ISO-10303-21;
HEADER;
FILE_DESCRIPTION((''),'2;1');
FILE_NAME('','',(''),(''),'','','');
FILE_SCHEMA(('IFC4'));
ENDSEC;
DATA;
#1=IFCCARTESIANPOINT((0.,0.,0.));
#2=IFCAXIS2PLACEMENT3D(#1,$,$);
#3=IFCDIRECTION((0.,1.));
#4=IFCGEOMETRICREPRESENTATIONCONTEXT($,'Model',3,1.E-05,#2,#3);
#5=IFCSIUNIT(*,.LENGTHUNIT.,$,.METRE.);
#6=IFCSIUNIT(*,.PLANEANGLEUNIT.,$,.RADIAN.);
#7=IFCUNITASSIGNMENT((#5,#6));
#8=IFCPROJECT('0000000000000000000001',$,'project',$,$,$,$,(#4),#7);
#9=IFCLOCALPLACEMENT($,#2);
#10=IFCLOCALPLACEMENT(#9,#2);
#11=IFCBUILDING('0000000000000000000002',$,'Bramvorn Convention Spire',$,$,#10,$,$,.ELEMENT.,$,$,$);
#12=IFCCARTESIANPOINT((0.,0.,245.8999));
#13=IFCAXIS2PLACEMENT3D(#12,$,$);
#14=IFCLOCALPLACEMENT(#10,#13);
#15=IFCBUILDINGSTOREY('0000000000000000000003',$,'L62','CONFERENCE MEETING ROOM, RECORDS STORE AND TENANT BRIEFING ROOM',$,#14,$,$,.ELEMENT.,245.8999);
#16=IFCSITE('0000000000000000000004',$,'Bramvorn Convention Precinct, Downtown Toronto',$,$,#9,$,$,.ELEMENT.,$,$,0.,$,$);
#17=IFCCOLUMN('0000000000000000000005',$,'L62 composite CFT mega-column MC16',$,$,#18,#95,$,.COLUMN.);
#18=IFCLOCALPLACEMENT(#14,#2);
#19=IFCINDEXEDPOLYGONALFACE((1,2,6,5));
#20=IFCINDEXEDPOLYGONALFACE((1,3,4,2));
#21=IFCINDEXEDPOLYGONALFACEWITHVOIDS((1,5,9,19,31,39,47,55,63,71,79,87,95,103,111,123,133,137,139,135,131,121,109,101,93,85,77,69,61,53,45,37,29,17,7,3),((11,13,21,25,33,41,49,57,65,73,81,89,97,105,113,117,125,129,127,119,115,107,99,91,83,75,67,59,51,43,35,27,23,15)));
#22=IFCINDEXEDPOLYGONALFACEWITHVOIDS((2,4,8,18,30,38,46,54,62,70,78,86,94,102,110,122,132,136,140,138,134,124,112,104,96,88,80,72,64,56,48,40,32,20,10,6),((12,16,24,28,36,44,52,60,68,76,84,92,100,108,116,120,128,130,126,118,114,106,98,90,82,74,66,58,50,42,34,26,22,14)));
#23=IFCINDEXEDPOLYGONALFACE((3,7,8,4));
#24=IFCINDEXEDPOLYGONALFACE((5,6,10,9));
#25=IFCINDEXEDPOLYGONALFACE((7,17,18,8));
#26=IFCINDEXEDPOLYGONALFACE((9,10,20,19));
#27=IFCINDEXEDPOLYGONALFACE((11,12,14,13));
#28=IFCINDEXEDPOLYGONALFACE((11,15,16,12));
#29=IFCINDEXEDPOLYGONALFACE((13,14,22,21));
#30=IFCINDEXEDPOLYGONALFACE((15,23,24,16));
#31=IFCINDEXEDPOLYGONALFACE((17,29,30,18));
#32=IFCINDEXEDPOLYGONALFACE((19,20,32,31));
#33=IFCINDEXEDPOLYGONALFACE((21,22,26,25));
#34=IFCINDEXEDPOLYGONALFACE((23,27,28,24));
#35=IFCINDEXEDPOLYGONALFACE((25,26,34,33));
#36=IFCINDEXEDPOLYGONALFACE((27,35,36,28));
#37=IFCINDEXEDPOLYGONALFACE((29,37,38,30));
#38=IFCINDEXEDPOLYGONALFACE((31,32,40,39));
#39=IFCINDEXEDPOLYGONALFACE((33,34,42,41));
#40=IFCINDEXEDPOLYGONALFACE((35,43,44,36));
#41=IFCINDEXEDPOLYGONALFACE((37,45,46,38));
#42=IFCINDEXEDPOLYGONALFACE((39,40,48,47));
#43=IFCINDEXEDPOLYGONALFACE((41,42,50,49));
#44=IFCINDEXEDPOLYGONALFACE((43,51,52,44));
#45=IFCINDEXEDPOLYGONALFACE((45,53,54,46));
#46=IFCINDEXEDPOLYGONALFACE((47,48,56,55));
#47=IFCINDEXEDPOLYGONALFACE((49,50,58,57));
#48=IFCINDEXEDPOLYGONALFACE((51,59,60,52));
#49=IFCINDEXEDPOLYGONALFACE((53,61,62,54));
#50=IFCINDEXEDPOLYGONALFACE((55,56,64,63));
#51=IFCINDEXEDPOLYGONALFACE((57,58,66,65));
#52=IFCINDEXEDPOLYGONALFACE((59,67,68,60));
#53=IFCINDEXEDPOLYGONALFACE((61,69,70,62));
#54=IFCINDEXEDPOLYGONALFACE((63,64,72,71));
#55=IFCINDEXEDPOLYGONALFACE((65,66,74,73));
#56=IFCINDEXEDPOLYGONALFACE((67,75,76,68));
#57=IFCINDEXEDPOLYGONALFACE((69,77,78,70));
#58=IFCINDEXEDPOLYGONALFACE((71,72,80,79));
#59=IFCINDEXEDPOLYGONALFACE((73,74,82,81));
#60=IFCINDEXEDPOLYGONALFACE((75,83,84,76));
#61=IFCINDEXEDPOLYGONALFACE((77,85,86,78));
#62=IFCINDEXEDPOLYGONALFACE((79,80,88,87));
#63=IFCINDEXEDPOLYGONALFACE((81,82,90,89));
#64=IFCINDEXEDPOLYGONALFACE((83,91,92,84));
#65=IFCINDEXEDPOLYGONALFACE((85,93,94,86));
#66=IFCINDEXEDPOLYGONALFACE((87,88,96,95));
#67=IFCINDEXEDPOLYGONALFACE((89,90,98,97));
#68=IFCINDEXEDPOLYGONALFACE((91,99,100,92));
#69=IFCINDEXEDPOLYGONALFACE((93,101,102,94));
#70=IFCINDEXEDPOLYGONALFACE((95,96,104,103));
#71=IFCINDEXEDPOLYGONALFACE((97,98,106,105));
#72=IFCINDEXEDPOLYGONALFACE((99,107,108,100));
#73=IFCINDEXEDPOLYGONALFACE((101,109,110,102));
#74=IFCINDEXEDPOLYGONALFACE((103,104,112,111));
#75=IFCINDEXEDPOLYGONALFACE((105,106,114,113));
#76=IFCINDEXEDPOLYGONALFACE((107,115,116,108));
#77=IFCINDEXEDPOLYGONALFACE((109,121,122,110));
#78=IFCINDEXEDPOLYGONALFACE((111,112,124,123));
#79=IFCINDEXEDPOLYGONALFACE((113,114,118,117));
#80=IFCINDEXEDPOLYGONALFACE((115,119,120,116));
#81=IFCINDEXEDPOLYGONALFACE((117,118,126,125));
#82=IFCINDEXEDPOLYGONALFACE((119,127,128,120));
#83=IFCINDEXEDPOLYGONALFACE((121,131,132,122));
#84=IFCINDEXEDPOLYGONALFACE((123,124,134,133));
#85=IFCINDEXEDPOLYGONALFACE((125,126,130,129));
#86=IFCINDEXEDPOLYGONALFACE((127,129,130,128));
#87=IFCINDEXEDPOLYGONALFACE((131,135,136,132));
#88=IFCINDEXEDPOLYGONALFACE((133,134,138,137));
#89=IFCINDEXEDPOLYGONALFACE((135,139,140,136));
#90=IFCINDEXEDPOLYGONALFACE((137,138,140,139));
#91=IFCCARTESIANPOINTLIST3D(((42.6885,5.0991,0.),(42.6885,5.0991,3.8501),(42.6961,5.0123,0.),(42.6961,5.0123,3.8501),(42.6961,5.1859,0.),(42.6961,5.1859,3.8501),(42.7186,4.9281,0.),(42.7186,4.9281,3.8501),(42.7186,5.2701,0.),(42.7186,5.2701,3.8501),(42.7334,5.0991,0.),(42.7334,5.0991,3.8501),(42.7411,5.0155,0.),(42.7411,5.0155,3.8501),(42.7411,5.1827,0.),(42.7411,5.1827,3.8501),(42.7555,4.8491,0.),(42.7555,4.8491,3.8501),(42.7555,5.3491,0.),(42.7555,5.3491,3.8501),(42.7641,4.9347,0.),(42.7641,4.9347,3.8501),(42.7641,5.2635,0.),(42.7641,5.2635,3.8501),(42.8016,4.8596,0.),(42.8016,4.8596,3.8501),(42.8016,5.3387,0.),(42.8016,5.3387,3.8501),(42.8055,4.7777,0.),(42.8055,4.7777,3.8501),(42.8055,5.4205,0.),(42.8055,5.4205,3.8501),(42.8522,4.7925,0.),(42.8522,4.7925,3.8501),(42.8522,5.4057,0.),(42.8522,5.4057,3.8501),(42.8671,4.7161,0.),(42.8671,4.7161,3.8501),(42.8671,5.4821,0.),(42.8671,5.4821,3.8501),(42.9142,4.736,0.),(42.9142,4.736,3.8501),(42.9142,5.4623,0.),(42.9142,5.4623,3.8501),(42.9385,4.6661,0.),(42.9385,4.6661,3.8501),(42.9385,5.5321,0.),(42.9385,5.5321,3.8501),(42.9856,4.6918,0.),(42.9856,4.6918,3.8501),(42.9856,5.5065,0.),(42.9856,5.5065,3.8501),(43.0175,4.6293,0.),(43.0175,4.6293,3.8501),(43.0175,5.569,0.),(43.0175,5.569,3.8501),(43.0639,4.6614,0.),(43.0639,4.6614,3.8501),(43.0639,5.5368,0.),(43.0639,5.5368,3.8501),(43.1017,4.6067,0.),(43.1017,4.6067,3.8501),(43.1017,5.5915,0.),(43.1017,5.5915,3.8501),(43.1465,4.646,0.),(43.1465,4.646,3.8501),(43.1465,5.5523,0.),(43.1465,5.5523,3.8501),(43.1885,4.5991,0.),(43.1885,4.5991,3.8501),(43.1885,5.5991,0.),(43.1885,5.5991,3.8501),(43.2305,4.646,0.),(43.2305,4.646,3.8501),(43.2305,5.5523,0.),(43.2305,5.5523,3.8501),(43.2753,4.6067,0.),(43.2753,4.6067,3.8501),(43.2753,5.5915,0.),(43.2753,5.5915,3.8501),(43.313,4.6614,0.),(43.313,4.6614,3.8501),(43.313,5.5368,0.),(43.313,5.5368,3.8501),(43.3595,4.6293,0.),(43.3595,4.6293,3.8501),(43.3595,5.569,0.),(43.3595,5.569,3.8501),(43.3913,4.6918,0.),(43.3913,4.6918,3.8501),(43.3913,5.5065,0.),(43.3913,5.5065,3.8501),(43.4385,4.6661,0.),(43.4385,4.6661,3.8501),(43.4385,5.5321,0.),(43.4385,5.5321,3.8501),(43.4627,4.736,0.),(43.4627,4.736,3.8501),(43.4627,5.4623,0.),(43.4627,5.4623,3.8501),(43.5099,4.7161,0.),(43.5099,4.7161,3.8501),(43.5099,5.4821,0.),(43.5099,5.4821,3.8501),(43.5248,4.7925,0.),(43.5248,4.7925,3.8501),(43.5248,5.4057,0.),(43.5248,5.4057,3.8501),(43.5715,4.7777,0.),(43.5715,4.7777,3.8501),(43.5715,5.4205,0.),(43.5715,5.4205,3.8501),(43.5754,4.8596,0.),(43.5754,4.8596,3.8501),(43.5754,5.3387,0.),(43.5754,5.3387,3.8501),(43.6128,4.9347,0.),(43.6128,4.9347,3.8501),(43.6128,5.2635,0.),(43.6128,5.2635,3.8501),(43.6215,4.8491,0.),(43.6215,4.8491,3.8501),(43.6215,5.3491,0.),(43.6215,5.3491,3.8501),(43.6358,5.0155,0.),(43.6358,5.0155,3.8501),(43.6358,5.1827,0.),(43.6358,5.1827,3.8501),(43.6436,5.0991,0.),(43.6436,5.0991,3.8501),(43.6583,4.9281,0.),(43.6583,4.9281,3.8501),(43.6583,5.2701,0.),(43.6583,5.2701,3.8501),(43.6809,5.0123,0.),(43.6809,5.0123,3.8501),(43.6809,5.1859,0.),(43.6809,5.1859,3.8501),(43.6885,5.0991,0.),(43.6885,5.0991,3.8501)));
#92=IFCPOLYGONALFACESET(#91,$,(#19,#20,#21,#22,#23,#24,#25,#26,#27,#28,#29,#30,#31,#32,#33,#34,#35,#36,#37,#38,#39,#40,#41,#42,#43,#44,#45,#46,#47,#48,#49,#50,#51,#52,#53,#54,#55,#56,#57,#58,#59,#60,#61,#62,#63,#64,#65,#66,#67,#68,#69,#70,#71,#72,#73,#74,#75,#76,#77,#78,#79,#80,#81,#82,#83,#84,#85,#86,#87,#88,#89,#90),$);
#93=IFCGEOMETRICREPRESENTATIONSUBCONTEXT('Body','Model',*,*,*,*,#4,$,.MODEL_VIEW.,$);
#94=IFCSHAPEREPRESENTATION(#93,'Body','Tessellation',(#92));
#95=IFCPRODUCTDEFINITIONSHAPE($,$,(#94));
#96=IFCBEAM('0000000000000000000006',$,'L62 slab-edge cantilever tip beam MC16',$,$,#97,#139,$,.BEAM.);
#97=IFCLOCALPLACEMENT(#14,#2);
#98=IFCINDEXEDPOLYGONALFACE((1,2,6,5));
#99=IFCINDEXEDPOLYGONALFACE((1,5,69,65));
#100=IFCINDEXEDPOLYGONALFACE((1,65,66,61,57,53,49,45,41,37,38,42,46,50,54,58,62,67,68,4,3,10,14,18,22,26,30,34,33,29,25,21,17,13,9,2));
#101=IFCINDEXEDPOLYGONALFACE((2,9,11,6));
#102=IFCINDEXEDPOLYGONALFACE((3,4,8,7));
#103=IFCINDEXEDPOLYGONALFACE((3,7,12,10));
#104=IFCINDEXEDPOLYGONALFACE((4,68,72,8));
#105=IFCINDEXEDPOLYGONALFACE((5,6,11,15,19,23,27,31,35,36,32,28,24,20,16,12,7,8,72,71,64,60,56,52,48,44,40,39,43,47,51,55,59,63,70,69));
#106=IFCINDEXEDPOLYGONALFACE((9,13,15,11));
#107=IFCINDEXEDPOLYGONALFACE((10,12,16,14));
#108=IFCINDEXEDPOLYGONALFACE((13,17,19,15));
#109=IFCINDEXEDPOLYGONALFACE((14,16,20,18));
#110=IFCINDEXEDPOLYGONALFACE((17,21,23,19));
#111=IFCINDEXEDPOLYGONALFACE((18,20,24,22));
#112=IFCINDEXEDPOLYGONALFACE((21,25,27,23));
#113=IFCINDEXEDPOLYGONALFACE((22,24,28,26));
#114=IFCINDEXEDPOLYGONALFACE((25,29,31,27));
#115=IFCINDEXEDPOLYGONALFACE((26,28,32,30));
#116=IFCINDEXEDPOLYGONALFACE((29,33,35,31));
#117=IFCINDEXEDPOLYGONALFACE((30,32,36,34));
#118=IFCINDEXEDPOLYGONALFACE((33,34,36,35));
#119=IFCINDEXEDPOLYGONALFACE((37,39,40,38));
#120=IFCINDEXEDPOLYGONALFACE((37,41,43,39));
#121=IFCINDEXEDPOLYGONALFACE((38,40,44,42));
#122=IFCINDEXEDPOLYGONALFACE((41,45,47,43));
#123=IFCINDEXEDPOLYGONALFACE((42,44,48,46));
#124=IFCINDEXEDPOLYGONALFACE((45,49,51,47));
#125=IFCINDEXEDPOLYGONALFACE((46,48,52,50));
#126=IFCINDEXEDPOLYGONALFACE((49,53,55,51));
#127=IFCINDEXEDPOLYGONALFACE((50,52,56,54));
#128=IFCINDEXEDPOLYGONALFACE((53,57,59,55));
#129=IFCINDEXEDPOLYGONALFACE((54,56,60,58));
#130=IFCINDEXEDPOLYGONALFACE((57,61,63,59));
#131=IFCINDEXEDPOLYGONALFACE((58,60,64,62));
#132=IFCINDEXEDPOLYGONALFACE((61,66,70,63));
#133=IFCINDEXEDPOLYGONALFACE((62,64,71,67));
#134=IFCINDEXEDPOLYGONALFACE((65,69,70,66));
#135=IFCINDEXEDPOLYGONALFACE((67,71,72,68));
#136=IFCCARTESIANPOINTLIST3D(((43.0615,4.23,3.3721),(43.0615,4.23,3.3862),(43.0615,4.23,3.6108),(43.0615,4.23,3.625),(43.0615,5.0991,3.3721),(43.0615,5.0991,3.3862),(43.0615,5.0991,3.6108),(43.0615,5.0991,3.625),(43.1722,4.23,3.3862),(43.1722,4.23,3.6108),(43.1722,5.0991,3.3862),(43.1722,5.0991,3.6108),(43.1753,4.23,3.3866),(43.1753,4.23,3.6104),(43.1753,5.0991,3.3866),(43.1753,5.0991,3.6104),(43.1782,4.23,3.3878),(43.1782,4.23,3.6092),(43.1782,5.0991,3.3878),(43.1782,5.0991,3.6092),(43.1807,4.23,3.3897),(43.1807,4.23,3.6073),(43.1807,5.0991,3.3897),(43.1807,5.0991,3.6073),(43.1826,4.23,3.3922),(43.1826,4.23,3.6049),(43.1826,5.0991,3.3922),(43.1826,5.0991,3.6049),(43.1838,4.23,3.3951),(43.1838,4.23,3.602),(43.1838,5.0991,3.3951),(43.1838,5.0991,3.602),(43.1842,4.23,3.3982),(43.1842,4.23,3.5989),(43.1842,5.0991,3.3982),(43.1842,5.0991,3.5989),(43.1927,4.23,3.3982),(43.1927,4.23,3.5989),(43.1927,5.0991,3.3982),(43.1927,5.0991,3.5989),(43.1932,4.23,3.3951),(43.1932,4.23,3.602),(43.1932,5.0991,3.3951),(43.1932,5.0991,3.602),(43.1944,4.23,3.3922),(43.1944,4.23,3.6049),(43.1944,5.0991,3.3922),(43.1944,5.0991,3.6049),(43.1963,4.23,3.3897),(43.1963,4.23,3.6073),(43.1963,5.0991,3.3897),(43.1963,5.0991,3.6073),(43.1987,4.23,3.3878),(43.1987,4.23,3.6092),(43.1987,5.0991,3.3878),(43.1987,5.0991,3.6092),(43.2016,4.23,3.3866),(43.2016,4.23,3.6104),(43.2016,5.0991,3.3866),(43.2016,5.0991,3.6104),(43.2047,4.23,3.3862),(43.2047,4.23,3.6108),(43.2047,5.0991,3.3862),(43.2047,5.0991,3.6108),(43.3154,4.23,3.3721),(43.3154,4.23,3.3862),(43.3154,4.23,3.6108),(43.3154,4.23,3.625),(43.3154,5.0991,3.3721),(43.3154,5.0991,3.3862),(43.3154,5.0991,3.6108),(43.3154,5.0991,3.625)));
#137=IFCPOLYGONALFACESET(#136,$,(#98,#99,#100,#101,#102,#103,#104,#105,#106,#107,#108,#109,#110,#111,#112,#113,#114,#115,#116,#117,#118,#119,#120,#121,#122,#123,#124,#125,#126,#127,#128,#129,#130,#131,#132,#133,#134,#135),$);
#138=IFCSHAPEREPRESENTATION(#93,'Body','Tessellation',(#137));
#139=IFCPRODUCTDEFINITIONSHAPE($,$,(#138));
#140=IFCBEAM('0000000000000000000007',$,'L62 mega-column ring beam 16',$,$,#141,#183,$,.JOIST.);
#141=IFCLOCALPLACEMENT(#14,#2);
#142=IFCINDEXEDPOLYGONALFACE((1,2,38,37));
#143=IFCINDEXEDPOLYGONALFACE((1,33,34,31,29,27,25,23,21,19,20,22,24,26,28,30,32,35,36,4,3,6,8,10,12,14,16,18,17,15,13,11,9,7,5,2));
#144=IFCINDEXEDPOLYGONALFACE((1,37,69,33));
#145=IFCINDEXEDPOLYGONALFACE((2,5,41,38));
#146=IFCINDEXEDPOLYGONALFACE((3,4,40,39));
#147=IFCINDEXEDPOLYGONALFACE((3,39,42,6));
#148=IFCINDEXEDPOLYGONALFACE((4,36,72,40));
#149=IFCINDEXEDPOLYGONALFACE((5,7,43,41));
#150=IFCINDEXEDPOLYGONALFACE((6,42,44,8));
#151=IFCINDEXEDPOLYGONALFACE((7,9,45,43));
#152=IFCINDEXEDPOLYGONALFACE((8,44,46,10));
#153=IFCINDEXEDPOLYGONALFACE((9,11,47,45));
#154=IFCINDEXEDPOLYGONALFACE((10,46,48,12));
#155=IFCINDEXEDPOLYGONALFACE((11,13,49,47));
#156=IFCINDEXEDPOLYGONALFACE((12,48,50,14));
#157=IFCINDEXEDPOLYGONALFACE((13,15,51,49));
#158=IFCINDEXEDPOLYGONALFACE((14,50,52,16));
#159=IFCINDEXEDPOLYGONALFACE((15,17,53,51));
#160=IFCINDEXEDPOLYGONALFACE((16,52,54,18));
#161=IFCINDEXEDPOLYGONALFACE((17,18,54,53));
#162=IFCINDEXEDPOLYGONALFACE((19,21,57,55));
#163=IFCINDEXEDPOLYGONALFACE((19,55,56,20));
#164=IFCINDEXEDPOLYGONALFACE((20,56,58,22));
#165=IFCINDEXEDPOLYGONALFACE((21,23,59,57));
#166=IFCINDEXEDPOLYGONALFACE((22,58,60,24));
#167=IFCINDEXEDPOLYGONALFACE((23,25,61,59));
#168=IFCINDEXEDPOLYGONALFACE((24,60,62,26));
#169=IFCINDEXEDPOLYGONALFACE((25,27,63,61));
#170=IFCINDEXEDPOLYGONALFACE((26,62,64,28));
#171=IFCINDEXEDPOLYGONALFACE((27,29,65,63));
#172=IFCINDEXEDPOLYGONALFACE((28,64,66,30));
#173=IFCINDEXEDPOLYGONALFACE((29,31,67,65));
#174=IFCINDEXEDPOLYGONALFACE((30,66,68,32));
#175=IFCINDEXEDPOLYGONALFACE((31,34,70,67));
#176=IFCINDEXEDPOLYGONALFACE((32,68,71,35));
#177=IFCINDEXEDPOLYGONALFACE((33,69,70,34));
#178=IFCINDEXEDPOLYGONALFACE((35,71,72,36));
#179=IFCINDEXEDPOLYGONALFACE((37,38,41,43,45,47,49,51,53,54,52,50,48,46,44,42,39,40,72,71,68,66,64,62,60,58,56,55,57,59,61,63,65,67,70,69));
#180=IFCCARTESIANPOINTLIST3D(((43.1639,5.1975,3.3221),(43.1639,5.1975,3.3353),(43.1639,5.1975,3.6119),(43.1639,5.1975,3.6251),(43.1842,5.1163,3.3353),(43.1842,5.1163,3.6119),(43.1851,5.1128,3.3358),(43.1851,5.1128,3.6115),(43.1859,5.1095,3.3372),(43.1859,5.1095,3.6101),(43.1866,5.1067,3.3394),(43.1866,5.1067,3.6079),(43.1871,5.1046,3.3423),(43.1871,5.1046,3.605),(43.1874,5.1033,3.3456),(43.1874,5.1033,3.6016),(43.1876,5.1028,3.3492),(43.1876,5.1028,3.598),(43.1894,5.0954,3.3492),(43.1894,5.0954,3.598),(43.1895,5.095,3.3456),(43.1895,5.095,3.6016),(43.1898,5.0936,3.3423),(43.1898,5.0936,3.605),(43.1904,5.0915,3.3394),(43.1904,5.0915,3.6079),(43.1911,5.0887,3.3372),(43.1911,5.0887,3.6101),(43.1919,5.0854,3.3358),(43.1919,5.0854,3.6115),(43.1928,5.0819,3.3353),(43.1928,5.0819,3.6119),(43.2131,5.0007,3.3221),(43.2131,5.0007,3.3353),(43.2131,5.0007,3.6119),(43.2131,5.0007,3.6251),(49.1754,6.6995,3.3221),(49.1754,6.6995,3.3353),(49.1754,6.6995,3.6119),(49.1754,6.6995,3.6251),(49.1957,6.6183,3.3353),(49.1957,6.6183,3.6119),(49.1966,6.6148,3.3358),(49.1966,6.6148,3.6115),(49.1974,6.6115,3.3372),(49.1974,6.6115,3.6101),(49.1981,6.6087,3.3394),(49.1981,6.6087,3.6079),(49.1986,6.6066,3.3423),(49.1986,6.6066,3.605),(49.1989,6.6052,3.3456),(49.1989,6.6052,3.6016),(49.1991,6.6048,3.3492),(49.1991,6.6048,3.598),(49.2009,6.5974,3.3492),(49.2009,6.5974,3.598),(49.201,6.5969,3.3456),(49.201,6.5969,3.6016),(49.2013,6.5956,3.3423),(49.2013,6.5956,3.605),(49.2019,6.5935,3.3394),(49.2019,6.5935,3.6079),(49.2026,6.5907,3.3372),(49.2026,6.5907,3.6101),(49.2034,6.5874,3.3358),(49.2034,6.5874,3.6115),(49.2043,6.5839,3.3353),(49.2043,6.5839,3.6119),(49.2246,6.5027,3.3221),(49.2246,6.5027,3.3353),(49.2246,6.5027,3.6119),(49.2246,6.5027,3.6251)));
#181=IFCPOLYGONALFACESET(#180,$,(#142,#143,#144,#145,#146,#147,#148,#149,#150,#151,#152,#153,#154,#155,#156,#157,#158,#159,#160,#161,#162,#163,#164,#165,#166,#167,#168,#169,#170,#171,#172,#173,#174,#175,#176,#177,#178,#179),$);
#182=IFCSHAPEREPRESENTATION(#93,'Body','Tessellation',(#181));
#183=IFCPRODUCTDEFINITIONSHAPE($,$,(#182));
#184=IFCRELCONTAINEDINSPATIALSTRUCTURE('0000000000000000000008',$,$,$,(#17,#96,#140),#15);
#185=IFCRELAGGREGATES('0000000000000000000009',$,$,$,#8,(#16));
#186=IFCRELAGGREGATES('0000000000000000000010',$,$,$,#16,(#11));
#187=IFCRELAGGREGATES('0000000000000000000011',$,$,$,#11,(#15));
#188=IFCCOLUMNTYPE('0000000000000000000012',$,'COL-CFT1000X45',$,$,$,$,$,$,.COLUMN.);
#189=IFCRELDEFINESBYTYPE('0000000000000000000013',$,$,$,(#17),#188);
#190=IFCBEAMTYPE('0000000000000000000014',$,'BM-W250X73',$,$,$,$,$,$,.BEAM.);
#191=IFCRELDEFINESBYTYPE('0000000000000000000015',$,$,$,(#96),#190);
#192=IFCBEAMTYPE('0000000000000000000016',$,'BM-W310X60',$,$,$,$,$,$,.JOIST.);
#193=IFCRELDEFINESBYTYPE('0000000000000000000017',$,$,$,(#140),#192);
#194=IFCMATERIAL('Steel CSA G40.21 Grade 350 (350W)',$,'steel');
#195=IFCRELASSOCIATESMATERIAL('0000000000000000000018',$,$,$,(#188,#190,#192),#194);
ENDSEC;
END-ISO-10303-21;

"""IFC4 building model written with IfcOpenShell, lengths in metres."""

from ifc_helpers import new_model, si_unit, direction, frame, origin, origin_2d, place, context, subcontext, project, spatial, hollow_circle, i_section, extrude, material, material_profile, profile_set, type_object, element, save


model = new_model("IFC4")

# Units and contexts
model_context = context("Model", 3, precision=1e-05, world=origin(), true_north=direction((0.0, 1.0)))
body_context = subcontext(model_context, "Body", "Model", "MODEL_VIEW")
ifc_project = project(units=[si_unit("LENGTHUNIT", "METRE"), si_unit("PLANEANGLEUNIT", "RADIAN")], contexts=[model_context])

# Site, building, storey
site_placement = place(None, origin())
site = spatial("IfcSite", under=ifc_project, at=site_placement, Name="Bramvorn Convention Precinct, Downtown Toronto", CompositionType="ELEMENT", RefElevation=0.0)
building_placement = place(site_placement, origin())
building = spatial("IfcBuilding", under=site, at=building_placement, Name="Bramvorn Convention Spire", CompositionType="ELEMENT")
storey_placement = place(building_placement, frame((0.0, 0.0, 245.8999)))
storey = spatial("IfcBuildingStorey", under=building, at=storey_placement, Name="L62", Description="CONFERENCE MEETING ROOM, RECORDS STORE AND TENANT BRIEFING ROOM", CompositionType="ELEMENT", Elevation=245.8999)

# Column
ifc_material_1 = material(Name="Steel CSA G40.21 Grade 350 (350W)", Category="steel")
ifc_material_profile_1 = material_profile(ifc_material_1, hollow_circle(Radius=0.5, WallThickness=0.0449, at=origin_2d()))
ifc_profile_set_1 = profile_set([ifc_material_profile_1], Name="Steel CSA G40.21 Grade 350 (350W) - CFT1000X45")
column_type = type_object("IfcColumnType", Name="COL-CFT1000X45", PredefinedType="COLUMN", material=ifc_profile_set_1)
column_placement = place(storey_placement, frame((43.1885, 5.0991, 0.0), z_axis=(0.0, 0.0, 1.0), x_axis=(1.0, 0.0, 0.0)))
element("IfcColumn", 1, at=column_placement, inside=storey, type_object=column_type, Name="L62 composite CFT mega-column MC16", PredefinedType="COLUMN", context=body_context, shape_type="SweptSolid", body=[
    extrude(hollow_circle(Radius=0.5, WallThickness=0.0449, at=origin_2d()), origin(), (0.0, 0.0, 1.0), 3.8501),
])

# Beams
ifc_material_profile_2 = material_profile(ifc_material_1, i_section(OverallWidth=0.2539, OverallDepth=0.2529, WebThickness=0.0085, FlangeThickness=0.0142, FilletRadius=0.012, at=origin_2d()))
ifc_profile_set_2 = profile_set([ifc_material_profile_2], Name="Steel CSA G40.21 Grade 350 (350W) - W250X73")
beam_type_1 = type_object("IfcBeamType", Name="BM-W250X73", PredefinedType="BEAM", material=ifc_profile_set_2)
beam_1_placement = place(storey_placement, frame((43.1885, 5.0991, 3.4985), z_axis=(0.0, -1.0, 0.0), x_axis=(1.0, 0.0, 0.0)))
element("IfcBeam", 2, at=beam_1_placement, inside=storey, type_object=beam_type_1, Name="L62 slab-edge cantilever tip beam MC16", PredefinedType="BEAM", context=body_context, shape_type="SweptSolid", body=[
    extrude(i_section(OverallWidth=0.2539, OverallDepth=0.2529, WebThickness=0.0085, FlangeThickness=0.0142, FilletRadius=0.012, at=origin_2d()), origin(), (0.0, 0.0, 1.0), 0.8691),
])
ifc_material_profile_3 = material_profile(ifc_material_1, i_section(OverallWidth=0.2029, OverallDepth=0.303, WebThickness=0.0076, FlangeThickness=0.0132, FilletRadius=0.0139, at=origin_2d()))
ifc_profile_set_3 = profile_set([ifc_material_profile_3], Name="Steel CSA G40.21 Grade 350 (350W) - W310X60")
beam_type_2 = type_object("IfcBeamType", Name="BM-W310X60", PredefinedType="JOIST", material=ifc_profile_set_3)
beam_2_placement = place(storey_placement, frame((43.1885, 5.0991, 3.4736), z_axis=(0.970177, 0.242397, 0.0), x_axis=(-0.242397, 0.970177, 0.0)))
element("IfcBeam", 3, at=beam_2_placement, inside=storey, type_object=beam_type_2, Name="L62 mega-column ring beam 16", PredefinedType="JOIST", context=body_context, shape_type="SweptSolid", body=[
    extrude(i_section(OverallWidth=0.2029, OverallDepth=0.303, WebThickness=0.0076, FlangeThickness=0.0132, FilletRadius=0.0139, at=origin_2d()), origin(), (0.0, 0.0, 1.0), 6.1963),
])

save(model, "model.ifc")
